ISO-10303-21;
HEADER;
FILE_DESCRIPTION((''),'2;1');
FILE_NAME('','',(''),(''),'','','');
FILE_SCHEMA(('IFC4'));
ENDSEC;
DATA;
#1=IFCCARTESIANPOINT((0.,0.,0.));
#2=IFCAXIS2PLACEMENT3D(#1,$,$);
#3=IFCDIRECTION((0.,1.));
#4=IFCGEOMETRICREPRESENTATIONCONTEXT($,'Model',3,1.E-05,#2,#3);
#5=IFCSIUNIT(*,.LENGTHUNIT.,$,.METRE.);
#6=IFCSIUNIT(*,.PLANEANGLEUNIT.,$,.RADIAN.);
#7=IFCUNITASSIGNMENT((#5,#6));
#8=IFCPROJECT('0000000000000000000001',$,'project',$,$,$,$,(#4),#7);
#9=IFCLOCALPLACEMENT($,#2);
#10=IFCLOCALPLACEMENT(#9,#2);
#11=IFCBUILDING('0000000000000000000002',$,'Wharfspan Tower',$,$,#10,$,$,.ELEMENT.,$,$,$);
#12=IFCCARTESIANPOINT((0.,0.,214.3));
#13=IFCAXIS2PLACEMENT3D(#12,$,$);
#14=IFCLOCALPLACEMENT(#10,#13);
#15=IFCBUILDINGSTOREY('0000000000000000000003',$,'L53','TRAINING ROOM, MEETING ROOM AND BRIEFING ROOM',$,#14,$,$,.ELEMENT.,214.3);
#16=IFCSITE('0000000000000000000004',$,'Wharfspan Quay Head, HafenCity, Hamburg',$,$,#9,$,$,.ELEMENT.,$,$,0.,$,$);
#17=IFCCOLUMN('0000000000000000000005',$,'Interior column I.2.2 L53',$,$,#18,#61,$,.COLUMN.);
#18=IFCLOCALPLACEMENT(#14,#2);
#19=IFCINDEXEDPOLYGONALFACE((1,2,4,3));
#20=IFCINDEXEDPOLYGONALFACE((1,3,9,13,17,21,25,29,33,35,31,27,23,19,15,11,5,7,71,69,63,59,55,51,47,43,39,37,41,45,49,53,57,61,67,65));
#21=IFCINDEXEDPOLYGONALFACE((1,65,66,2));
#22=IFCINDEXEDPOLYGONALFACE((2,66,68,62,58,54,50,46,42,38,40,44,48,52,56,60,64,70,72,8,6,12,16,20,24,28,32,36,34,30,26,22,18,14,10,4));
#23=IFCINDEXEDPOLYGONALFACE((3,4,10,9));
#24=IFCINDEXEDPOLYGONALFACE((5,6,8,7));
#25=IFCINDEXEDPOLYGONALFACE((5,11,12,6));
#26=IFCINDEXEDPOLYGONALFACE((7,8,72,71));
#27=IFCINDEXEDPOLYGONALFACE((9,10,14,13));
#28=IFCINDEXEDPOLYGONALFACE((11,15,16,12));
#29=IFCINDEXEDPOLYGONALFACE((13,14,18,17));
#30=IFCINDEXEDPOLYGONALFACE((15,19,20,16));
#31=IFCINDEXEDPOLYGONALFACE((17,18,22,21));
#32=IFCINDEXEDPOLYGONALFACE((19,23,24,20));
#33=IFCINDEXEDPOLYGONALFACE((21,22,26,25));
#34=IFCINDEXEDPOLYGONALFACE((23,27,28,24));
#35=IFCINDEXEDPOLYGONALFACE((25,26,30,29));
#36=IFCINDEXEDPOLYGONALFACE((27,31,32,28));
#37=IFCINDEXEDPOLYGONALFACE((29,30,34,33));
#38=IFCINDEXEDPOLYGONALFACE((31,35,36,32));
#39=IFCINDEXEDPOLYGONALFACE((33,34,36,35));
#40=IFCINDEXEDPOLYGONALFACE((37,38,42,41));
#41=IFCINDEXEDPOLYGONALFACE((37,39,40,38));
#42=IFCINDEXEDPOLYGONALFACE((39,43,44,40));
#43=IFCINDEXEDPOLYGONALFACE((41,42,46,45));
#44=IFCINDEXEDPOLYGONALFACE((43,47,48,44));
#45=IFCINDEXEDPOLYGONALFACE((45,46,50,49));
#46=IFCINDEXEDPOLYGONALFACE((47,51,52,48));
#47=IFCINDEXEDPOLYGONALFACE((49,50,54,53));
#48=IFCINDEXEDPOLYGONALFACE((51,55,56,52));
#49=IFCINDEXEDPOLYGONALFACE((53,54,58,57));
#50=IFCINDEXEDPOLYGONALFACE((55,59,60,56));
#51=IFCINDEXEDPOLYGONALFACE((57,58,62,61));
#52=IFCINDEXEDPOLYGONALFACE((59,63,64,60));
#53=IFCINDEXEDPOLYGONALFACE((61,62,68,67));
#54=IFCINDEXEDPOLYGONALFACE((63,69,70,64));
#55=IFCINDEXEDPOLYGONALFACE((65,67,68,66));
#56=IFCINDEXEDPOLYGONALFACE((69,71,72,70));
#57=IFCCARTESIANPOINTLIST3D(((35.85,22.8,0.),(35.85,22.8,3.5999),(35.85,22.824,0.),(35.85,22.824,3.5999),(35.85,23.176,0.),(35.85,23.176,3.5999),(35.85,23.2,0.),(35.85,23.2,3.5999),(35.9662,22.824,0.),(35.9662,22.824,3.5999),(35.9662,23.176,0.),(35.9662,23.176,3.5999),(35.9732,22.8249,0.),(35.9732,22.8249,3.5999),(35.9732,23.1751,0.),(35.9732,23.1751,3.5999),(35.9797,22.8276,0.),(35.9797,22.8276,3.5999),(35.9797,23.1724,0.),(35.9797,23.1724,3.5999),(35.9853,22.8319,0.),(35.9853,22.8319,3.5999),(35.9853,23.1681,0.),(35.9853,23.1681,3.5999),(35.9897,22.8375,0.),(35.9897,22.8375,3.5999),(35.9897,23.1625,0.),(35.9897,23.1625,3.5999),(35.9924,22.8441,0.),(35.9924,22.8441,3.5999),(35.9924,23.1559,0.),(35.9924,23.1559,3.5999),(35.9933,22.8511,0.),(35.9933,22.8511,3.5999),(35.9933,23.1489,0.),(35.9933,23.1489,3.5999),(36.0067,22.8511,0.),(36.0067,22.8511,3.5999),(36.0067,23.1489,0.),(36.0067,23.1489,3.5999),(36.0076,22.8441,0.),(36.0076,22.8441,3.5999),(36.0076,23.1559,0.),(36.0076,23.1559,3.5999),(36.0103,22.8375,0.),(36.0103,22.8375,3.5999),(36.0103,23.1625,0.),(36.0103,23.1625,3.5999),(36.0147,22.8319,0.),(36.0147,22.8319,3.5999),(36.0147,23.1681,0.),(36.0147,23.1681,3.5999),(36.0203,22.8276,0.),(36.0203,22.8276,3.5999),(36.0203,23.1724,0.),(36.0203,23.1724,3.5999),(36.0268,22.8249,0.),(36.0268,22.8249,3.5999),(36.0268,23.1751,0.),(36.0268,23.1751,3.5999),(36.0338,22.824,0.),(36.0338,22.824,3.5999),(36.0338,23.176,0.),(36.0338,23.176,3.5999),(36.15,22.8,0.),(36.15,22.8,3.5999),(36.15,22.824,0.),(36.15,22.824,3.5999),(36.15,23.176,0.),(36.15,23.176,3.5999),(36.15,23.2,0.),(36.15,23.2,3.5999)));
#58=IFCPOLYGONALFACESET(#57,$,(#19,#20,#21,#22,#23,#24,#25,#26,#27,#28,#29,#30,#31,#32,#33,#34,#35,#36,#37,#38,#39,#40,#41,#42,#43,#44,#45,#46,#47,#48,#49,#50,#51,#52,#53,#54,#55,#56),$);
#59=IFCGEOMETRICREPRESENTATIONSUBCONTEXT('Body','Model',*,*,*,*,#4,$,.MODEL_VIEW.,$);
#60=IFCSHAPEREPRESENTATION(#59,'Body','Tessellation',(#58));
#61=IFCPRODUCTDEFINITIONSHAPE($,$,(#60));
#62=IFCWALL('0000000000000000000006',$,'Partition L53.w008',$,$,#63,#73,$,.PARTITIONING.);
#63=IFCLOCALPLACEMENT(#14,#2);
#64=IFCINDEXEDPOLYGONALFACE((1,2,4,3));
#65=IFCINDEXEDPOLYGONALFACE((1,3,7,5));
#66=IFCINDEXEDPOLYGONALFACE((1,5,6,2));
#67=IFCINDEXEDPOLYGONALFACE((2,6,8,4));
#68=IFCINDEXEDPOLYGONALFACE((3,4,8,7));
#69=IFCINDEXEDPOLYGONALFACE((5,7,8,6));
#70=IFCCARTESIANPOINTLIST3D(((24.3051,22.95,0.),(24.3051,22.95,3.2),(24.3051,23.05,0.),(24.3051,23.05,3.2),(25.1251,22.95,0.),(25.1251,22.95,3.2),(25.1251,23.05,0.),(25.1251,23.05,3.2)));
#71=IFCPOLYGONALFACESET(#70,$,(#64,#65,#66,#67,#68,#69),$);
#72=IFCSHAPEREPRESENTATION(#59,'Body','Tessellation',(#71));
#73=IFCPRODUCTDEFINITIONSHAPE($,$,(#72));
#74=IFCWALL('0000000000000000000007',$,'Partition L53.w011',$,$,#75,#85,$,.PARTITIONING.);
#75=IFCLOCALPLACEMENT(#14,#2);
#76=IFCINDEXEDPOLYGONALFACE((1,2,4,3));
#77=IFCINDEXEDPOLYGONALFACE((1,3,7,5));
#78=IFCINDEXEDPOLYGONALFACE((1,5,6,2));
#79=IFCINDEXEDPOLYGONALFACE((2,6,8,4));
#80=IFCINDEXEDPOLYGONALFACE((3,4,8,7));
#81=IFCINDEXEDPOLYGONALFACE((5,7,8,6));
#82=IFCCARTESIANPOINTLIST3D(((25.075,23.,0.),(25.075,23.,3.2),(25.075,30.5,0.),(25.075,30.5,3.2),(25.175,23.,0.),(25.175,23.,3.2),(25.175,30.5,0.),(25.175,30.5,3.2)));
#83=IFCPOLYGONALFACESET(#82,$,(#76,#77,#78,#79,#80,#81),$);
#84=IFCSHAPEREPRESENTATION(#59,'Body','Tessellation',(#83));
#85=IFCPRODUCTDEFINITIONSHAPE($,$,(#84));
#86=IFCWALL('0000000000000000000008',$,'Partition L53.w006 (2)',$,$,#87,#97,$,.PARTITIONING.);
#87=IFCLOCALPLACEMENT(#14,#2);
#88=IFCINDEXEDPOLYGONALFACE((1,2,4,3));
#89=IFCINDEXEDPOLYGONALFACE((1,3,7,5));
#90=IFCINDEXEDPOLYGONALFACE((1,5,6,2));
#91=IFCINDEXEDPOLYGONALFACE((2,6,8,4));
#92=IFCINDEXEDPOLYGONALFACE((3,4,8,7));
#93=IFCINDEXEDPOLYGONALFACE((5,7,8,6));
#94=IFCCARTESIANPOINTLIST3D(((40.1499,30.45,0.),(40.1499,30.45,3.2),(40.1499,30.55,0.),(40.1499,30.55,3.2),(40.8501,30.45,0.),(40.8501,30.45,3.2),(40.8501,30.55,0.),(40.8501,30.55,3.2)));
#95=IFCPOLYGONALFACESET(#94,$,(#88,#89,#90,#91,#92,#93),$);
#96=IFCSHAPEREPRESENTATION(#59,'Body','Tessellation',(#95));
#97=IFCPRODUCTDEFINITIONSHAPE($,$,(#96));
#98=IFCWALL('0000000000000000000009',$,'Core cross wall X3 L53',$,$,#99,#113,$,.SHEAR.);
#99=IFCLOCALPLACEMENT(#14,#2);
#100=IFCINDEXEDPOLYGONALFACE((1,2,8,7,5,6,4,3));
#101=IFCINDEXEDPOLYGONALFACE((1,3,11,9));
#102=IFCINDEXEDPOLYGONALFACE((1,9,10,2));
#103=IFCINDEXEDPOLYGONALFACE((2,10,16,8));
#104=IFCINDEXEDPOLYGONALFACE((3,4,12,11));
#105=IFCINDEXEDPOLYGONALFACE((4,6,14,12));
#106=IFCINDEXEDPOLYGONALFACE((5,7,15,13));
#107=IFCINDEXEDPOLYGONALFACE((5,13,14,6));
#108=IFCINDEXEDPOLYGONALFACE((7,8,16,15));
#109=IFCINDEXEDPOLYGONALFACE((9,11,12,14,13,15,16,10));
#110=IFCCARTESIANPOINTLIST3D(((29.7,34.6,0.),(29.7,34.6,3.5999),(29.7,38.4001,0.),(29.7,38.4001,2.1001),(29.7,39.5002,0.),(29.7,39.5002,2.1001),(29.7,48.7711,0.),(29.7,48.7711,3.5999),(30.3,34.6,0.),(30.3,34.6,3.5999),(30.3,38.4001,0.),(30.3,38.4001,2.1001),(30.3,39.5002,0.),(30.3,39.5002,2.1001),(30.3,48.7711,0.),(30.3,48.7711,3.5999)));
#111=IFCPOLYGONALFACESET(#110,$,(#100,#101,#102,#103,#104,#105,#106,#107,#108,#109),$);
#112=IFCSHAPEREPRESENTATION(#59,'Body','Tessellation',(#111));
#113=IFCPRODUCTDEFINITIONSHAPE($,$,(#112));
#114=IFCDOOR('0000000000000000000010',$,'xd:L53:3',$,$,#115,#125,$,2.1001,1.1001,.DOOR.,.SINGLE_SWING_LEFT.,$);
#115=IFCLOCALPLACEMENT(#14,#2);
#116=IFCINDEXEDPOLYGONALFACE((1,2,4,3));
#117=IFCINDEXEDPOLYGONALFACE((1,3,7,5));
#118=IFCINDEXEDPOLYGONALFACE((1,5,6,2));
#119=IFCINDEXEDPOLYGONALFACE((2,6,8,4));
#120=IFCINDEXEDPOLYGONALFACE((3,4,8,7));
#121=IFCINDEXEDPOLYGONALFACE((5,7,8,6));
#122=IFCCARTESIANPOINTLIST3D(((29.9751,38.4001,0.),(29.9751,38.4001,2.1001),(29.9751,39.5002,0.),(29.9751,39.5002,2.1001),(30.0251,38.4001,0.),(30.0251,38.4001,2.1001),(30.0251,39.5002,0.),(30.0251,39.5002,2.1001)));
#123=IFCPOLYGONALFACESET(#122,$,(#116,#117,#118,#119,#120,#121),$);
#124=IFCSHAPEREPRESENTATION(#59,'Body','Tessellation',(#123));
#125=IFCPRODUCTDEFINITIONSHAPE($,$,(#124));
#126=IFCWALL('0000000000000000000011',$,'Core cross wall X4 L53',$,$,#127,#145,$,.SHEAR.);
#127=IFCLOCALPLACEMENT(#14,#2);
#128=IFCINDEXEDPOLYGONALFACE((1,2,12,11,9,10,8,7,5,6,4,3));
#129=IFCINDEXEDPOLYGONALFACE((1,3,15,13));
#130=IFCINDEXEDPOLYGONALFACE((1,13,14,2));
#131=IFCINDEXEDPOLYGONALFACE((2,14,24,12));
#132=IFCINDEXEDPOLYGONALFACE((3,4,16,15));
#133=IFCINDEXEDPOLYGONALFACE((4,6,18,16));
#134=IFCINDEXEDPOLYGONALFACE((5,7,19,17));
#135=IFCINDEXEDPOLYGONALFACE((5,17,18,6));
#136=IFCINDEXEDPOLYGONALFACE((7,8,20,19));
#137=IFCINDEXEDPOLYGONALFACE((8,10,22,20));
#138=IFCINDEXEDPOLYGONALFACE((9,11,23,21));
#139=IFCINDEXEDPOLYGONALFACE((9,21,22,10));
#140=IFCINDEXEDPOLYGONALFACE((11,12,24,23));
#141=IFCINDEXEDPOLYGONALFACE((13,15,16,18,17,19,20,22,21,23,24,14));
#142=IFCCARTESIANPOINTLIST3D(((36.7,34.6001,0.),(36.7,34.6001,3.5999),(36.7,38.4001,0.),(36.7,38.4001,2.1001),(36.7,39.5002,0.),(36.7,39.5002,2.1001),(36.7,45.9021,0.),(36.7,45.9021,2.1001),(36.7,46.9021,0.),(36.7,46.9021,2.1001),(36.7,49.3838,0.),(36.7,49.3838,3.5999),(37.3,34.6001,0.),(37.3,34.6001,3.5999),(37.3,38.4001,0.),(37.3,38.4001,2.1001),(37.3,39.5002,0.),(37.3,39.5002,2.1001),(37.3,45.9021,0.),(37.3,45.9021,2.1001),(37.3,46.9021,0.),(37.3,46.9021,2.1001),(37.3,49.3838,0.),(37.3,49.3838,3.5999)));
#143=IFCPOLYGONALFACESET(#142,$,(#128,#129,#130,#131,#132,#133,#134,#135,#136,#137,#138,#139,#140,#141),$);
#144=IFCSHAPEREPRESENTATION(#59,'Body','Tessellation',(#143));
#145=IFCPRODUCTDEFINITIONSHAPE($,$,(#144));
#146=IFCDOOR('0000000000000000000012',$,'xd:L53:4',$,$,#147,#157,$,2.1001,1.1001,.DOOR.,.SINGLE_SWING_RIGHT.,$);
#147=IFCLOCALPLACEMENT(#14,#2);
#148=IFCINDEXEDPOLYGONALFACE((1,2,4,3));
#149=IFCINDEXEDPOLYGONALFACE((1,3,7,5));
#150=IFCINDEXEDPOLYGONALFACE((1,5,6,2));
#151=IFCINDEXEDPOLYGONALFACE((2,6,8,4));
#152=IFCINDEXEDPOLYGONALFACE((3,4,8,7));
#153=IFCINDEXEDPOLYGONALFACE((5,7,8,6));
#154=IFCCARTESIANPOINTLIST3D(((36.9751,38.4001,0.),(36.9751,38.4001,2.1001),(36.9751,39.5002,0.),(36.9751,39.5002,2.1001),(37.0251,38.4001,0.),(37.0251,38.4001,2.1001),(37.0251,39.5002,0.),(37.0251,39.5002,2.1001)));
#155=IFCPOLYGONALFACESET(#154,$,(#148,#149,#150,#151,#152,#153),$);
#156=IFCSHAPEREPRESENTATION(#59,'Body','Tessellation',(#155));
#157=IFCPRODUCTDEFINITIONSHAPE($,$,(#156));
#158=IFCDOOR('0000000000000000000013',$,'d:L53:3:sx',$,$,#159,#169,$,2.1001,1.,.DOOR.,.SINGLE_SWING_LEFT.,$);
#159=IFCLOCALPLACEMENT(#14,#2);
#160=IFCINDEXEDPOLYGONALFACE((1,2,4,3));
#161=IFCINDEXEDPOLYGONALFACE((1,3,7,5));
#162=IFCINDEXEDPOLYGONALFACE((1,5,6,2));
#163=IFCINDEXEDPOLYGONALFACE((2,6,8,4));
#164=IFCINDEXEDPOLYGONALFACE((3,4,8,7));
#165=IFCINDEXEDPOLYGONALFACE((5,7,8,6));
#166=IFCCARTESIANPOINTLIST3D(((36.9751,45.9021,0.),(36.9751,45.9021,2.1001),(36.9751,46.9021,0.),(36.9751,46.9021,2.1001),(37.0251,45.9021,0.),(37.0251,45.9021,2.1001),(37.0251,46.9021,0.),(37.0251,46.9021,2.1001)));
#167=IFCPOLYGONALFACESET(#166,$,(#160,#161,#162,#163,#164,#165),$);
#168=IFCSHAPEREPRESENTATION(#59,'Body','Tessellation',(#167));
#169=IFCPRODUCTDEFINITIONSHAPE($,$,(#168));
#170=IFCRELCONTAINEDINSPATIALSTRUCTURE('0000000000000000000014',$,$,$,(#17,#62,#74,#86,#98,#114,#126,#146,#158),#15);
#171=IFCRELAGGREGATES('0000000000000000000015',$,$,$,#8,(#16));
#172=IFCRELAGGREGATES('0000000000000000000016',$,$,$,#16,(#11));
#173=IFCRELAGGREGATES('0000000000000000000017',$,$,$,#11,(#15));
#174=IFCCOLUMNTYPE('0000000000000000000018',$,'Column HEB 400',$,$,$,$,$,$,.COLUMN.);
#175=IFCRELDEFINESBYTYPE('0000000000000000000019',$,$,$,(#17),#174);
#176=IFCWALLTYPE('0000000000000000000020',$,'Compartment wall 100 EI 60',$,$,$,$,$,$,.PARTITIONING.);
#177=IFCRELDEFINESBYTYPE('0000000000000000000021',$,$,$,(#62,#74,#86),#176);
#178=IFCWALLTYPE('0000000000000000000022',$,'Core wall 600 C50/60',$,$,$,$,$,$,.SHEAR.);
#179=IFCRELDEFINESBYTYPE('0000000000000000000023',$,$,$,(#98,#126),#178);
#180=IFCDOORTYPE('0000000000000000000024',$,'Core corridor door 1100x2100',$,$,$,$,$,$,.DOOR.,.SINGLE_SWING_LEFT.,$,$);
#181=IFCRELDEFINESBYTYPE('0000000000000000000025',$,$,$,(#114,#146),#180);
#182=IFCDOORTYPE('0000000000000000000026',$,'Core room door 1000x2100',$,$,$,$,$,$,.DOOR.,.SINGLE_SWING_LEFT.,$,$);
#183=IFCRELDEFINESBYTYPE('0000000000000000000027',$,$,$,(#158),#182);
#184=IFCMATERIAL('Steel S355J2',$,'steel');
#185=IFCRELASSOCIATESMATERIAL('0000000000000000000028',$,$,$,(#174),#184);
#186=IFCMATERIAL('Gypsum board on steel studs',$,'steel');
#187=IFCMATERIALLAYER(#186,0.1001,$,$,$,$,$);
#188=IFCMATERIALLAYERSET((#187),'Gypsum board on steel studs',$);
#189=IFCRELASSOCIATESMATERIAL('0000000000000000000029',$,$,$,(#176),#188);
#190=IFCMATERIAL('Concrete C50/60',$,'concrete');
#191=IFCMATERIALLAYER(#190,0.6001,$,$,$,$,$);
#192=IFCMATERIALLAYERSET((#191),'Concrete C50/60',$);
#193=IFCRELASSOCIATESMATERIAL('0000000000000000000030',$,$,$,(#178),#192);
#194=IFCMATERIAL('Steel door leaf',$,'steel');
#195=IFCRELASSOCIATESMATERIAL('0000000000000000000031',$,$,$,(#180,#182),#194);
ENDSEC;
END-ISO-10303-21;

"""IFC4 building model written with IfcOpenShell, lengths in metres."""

from ifc_helpers import new_model, si_unit, direction, frame, frame_2d, origin, origin_2d, place, context, subcontext, project, spatial, rectangle, i_section, extrude, material, layer, layer_set, material_profile, profile_set, type_object, element, fill, save


model = new_model("IFC4")

# Units and contexts
model_context = context("Model", 3, precision=1e-05, world=origin(), true_north=direction((0.0, 1.0)))
body_context = subcontext(model_context, "Body", "Model", "MODEL_VIEW")
ifc_project = project(units=[si_unit("LENGTHUNIT", "METRE"), si_unit("PLANEANGLEUNIT", "RADIAN")], contexts=[model_context])

# Site, building, storey
site_placement = place(None, origin())
site = spatial("IfcSite", under=ifc_project, at=site_placement, Name="Wharfspan Quay Head, HafenCity, Hamburg", CompositionType="ELEMENT", RefElevation=0.0)
building_placement = place(site_placement, origin())
building = spatial("IfcBuilding", under=site, at=building_placement, Name="Wharfspan Tower", CompositionType="ELEMENT")
storey_placement = place(building_placement, frame((0.0, 0.0, 214.3)))
storey = spatial("IfcBuildingStorey", under=building, at=storey_placement, Name="L53", Description="TRAINING ROOM, MEETING ROOM AND BRIEFING ROOM", CompositionType="ELEMENT", Elevation=214.3)

# Column
ifc_material_1 = material(Name="Steel S355J2", Category="steel")
ifc_material_profile = material_profile(ifc_material_1, i_section(OverallWidth=0.3, OverallDepth=0.3999, WebThickness=0.0134, FlangeThickness=0.0239, FilletRadius=0.0271, at=origin_2d()))
ifc_profile_set = profile_set([ifc_material_profile], Name="Steel S355J2")
column_type = type_object("IfcColumnType", Name="Column HEB 400", PredefinedType="COLUMN", material=ifc_profile_set)
column_placement = place(storey_placement, frame((36.0, 23.0, 0.0), z_axis=(0.0, 0.0, 1.0), x_axis=(1.0, 0.0, 0.0)))
element("IfcColumn", 1, at=column_placement, inside=storey, type_object=column_type, Name="Interior column I.2.2 L53", PredefinedType="COLUMN", context=body_context, shape_type="SweptSolid", body=[
    extrude(i_section(OverallWidth=0.3, OverallDepth=0.3999, WebThickness=0.0134, FlangeThickness=0.0239, FilletRadius=0.0271, at=origin_2d()), origin(), (0.0, 0.0, 1.0), 3.5999),
])

# Walls
ifc_material_2 = material(Name="Gypsum board on steel studs", Category="steel")
ifc_layer_1 = layer(ifc_material_2, 0.1001)
ifc_layer_set_1 = layer_set([ifc_layer_1], Name="Gypsum board on steel studs")
wall_type_1 = type_object("IfcWallType", Name="Compartment wall 100 EI 60", PredefinedType="PARTITIONING", material=ifc_layer_set_1)
wall_1_placement = place(storey_placement, frame((24.3049, 23.0, 0.0), z_axis=(0.0, 0.0, 1.0), x_axis=(1.0, 0.0, 0.0)))
element("IfcWall", 2, at=wall_1_placement, inside=storey, type_object=wall_type_1, Name="Partition L53.w008", PredefinedType="PARTITIONING", context=body_context, shape_type="SweptSolid", body=[
    extrude(rectangle(XDim=0.8201, YDim=0.1001, at=frame_2d((0.4102, 0.0))), origin(), (0.0, 0.0, 1.0), 3.2),
])
wall_2_placement = place(storey_placement, frame((25.125, 23.0, 0.0), z_axis=(0.0, 0.0, 1.0), x_axis=(0.0, 1.0, 0.0)))
element("IfcWall", 3, at=wall_2_placement, inside=storey, type_object=wall_type_1, Name="Partition L53.w011", PredefinedType="PARTITIONING", context=body_context, shape_type="SweptSolid", body=[
    extrude(rectangle(XDim=7.5, YDim=0.1001, at=frame_2d((3.75, 0.0))), origin(), (0.0, 0.0, 1.0), 3.2),
])
wall_3_placement = place(storey_placement, frame((40.1499, 30.5, 0.0), z_axis=(0.0, 0.0, 1.0), x_axis=(1.0, 0.0, 0.0)))
element("IfcWall", 4, at=wall_3_placement, inside=storey, type_object=wall_type_1, Name="Partition L53.w006 (2)", PredefinedType="PARTITIONING", context=body_context, shape_type="SweptSolid", body=[
    extrude(rectangle(XDim=0.7002, YDim=0.1001, at=frame_2d((0.3501, 0.0))), origin(), (0.0, 0.0, 1.0), 3.2),
])

# Wall, opening, door
ifc_material_3 = material(Name="Concrete C50/60", Category="concrete")
ifc_layer_2 = layer(ifc_material_3, 0.6001)
ifc_layer_set_2 = layer_set([ifc_layer_2], Name="Concrete C50/60")
wall_type_2 = type_object("IfcWallType", Name="Core wall 600 C50/60", PredefinedType="SHEAR", material=ifc_layer_set_2)
wall_4_placement = place(storey_placement, frame((30.0, 34.6001, 0.0), z_axis=(0.0, 0.0, 1.0), x_axis=(0.0, 1.0, 0.0)))
wall_4 = element("IfcWall", 5, at=wall_4_placement, inside=storey, type_object=wall_type_2, Name="Core cross wall X3 L53", PredefinedType="SHEAR", context=body_context, shape_type="SweptSolid", body=[
    extrude(rectangle(XDim=14.1711, YDim=0.6001, at=frame_2d((7.0854, 0.0))), origin(), (0.0, 0.0, 1.0), 3.5999),
])
opening_1_placement = place(wall_4_placement, frame((3.8, 0.0, 0.0)))
opening_1 = element("IfcOpeningElement", 6, at=opening_1_placement, cuts=wall_4, PredefinedType="OPENING", context=body_context, shape_type="SweptSolid", body=[
    extrude(rectangle(XDim=1.1001, YDim=2.1001, at=frame_2d((0.55, 1.05))), frame((0.0, 0.3101, 0.0), z_axis=(0.0, -1.0, 0.0), x_axis=(1.0, 0.0, 0.0)), (0.0, 0.0, 1.0), 0.6201),
])
ifc_material_4 = material(Name="Steel door leaf", Category="steel")
door_type_1 = type_object("IfcDoorType", Name="Core corridor door 1100x2100", OperationType="SINGLE_SWING_LEFT", PredefinedType="DOOR", material=ifc_material_4)
door_1_placement = place(opening_1_placement, origin())
door_1 = element("IfcDoor", 7, at=door_1_placement, inside=storey, type_object=door_type_1, Name="xd:L53:3", OperationType="SINGLE_SWING_LEFT", OverallHeight=2.1001, OverallWidth=1.1001, PredefinedType="DOOR", context=body_context, shape_type="SweptSolid", body=[
    extrude(rectangle(XDim=1.1001, YDim=2.1001, at=frame_2d((0.55, 1.05))), frame((0.0, 0.0249, 0.0), z_axis=(0.0, -1.0, 0.0), x_axis=(1.0, 0.0, 0.0)), (0.0, 0.0, 1.0), 0.05),
])
fill(opening_1, door_1)

# Wall, openings, doors
wall_5_placement = place(storey_placement, frame((37.0, 34.6001, 0.0), z_axis=(0.0, 0.0, 1.0), x_axis=(0.0, 1.0, 0.0)))
wall_5 = element("IfcWall", 8, at=wall_5_placement, inside=storey, type_object=wall_type_2, Name="Core cross wall X4 L53", PredefinedType="SHEAR", context=body_context, shape_type="SweptSolid", body=[
    extrude(rectangle(XDim=14.7837, YDim=0.6001, at=frame_2d((7.3918, 0.0))), origin(), (0.0, 0.0, 1.0), 3.5999),
])
opening_2_placement = place(wall_5_placement, frame((11.302, 0.0, 0.0)))
opening_2 = element("IfcOpeningElement", 9, at=opening_2_placement, cuts=wall_5, PredefinedType="OPENING", context=body_context, shape_type="SweptSolid", body=[
    extrude(rectangle(XDim=1.0, YDim=2.1001, at=frame_2d((0.5, 1.05))), frame((0.0, 0.3101, 0.0), z_axis=(0.0, -1.0, 0.0), x_axis=(1.0, 0.0, 0.0)), (0.0, 0.0, 1.0), 0.6201),
])
opening_3_placement = place(wall_5_placement, frame((3.8, 0.0, 0.0)))
opening_3 = element("IfcOpeningElement", 10, at=opening_3_placement, cuts=wall_5, PredefinedType="OPENING", context=body_context, shape_type="SweptSolid", body=[
    extrude(rectangle(XDim=1.1001, YDim=2.1001, at=frame_2d((0.55, 1.05))), frame((0.0, 0.3101, 0.0), z_axis=(0.0, -1.0, 0.0), x_axis=(1.0, 0.0, 0.0)), (0.0, 0.0, 1.0), 0.6201),
])
door_2_placement = place(opening_3_placement, origin())
door_2 = element("IfcDoor", 11, at=door_2_placement, inside=storey, type_object=door_type_1, Name="xd:L53:4", OperationType="SINGLE_SWING_RIGHT", OverallHeight=2.1001, OverallWidth=1.1001, PredefinedType="DOOR", context=body_context, shape_type="SweptSolid", body=[
    extrude(rectangle(XDim=1.1001, YDim=2.1001, at=frame_2d((0.55, 1.05))), frame((0.0, 0.0249, 0.0), z_axis=(0.0, -1.0, 0.0), x_axis=(1.0, 0.0, 0.0)), (0.0, 0.0, 1.0), 0.05),
])
fill(opening_3, door_2)
door_type_2 = type_object("IfcDoorType", Name="Core room door 1000x2100", OperationType="SINGLE_SWING_LEFT", PredefinedType="DOOR", material=ifc_material_4)
door_3_placement = place(opening_2_placement, origin())
door_3 = element("IfcDoor", 12, at=door_3_placement, inside=storey, type_object=door_type_2, Name="d:L53:3:sx", OperationType="SINGLE_SWING_LEFT", OverallHeight=2.1001, OverallWidth=1.0, PredefinedType="DOOR", context=body_context, shape_type="SweptSolid", body=[
    extrude(rectangle(XDim=1.0, YDim=2.1001, at=frame_2d((0.5, 1.05))), frame((0.0, 0.0249, 0.0), z_axis=(0.0, -1.0, 0.0), x_axis=(1.0, 0.0, 0.0)), (0.0, 0.0, 1.0), 0.05),
])
fill(opening_2, door_3)

save(model, "model.ifc")
